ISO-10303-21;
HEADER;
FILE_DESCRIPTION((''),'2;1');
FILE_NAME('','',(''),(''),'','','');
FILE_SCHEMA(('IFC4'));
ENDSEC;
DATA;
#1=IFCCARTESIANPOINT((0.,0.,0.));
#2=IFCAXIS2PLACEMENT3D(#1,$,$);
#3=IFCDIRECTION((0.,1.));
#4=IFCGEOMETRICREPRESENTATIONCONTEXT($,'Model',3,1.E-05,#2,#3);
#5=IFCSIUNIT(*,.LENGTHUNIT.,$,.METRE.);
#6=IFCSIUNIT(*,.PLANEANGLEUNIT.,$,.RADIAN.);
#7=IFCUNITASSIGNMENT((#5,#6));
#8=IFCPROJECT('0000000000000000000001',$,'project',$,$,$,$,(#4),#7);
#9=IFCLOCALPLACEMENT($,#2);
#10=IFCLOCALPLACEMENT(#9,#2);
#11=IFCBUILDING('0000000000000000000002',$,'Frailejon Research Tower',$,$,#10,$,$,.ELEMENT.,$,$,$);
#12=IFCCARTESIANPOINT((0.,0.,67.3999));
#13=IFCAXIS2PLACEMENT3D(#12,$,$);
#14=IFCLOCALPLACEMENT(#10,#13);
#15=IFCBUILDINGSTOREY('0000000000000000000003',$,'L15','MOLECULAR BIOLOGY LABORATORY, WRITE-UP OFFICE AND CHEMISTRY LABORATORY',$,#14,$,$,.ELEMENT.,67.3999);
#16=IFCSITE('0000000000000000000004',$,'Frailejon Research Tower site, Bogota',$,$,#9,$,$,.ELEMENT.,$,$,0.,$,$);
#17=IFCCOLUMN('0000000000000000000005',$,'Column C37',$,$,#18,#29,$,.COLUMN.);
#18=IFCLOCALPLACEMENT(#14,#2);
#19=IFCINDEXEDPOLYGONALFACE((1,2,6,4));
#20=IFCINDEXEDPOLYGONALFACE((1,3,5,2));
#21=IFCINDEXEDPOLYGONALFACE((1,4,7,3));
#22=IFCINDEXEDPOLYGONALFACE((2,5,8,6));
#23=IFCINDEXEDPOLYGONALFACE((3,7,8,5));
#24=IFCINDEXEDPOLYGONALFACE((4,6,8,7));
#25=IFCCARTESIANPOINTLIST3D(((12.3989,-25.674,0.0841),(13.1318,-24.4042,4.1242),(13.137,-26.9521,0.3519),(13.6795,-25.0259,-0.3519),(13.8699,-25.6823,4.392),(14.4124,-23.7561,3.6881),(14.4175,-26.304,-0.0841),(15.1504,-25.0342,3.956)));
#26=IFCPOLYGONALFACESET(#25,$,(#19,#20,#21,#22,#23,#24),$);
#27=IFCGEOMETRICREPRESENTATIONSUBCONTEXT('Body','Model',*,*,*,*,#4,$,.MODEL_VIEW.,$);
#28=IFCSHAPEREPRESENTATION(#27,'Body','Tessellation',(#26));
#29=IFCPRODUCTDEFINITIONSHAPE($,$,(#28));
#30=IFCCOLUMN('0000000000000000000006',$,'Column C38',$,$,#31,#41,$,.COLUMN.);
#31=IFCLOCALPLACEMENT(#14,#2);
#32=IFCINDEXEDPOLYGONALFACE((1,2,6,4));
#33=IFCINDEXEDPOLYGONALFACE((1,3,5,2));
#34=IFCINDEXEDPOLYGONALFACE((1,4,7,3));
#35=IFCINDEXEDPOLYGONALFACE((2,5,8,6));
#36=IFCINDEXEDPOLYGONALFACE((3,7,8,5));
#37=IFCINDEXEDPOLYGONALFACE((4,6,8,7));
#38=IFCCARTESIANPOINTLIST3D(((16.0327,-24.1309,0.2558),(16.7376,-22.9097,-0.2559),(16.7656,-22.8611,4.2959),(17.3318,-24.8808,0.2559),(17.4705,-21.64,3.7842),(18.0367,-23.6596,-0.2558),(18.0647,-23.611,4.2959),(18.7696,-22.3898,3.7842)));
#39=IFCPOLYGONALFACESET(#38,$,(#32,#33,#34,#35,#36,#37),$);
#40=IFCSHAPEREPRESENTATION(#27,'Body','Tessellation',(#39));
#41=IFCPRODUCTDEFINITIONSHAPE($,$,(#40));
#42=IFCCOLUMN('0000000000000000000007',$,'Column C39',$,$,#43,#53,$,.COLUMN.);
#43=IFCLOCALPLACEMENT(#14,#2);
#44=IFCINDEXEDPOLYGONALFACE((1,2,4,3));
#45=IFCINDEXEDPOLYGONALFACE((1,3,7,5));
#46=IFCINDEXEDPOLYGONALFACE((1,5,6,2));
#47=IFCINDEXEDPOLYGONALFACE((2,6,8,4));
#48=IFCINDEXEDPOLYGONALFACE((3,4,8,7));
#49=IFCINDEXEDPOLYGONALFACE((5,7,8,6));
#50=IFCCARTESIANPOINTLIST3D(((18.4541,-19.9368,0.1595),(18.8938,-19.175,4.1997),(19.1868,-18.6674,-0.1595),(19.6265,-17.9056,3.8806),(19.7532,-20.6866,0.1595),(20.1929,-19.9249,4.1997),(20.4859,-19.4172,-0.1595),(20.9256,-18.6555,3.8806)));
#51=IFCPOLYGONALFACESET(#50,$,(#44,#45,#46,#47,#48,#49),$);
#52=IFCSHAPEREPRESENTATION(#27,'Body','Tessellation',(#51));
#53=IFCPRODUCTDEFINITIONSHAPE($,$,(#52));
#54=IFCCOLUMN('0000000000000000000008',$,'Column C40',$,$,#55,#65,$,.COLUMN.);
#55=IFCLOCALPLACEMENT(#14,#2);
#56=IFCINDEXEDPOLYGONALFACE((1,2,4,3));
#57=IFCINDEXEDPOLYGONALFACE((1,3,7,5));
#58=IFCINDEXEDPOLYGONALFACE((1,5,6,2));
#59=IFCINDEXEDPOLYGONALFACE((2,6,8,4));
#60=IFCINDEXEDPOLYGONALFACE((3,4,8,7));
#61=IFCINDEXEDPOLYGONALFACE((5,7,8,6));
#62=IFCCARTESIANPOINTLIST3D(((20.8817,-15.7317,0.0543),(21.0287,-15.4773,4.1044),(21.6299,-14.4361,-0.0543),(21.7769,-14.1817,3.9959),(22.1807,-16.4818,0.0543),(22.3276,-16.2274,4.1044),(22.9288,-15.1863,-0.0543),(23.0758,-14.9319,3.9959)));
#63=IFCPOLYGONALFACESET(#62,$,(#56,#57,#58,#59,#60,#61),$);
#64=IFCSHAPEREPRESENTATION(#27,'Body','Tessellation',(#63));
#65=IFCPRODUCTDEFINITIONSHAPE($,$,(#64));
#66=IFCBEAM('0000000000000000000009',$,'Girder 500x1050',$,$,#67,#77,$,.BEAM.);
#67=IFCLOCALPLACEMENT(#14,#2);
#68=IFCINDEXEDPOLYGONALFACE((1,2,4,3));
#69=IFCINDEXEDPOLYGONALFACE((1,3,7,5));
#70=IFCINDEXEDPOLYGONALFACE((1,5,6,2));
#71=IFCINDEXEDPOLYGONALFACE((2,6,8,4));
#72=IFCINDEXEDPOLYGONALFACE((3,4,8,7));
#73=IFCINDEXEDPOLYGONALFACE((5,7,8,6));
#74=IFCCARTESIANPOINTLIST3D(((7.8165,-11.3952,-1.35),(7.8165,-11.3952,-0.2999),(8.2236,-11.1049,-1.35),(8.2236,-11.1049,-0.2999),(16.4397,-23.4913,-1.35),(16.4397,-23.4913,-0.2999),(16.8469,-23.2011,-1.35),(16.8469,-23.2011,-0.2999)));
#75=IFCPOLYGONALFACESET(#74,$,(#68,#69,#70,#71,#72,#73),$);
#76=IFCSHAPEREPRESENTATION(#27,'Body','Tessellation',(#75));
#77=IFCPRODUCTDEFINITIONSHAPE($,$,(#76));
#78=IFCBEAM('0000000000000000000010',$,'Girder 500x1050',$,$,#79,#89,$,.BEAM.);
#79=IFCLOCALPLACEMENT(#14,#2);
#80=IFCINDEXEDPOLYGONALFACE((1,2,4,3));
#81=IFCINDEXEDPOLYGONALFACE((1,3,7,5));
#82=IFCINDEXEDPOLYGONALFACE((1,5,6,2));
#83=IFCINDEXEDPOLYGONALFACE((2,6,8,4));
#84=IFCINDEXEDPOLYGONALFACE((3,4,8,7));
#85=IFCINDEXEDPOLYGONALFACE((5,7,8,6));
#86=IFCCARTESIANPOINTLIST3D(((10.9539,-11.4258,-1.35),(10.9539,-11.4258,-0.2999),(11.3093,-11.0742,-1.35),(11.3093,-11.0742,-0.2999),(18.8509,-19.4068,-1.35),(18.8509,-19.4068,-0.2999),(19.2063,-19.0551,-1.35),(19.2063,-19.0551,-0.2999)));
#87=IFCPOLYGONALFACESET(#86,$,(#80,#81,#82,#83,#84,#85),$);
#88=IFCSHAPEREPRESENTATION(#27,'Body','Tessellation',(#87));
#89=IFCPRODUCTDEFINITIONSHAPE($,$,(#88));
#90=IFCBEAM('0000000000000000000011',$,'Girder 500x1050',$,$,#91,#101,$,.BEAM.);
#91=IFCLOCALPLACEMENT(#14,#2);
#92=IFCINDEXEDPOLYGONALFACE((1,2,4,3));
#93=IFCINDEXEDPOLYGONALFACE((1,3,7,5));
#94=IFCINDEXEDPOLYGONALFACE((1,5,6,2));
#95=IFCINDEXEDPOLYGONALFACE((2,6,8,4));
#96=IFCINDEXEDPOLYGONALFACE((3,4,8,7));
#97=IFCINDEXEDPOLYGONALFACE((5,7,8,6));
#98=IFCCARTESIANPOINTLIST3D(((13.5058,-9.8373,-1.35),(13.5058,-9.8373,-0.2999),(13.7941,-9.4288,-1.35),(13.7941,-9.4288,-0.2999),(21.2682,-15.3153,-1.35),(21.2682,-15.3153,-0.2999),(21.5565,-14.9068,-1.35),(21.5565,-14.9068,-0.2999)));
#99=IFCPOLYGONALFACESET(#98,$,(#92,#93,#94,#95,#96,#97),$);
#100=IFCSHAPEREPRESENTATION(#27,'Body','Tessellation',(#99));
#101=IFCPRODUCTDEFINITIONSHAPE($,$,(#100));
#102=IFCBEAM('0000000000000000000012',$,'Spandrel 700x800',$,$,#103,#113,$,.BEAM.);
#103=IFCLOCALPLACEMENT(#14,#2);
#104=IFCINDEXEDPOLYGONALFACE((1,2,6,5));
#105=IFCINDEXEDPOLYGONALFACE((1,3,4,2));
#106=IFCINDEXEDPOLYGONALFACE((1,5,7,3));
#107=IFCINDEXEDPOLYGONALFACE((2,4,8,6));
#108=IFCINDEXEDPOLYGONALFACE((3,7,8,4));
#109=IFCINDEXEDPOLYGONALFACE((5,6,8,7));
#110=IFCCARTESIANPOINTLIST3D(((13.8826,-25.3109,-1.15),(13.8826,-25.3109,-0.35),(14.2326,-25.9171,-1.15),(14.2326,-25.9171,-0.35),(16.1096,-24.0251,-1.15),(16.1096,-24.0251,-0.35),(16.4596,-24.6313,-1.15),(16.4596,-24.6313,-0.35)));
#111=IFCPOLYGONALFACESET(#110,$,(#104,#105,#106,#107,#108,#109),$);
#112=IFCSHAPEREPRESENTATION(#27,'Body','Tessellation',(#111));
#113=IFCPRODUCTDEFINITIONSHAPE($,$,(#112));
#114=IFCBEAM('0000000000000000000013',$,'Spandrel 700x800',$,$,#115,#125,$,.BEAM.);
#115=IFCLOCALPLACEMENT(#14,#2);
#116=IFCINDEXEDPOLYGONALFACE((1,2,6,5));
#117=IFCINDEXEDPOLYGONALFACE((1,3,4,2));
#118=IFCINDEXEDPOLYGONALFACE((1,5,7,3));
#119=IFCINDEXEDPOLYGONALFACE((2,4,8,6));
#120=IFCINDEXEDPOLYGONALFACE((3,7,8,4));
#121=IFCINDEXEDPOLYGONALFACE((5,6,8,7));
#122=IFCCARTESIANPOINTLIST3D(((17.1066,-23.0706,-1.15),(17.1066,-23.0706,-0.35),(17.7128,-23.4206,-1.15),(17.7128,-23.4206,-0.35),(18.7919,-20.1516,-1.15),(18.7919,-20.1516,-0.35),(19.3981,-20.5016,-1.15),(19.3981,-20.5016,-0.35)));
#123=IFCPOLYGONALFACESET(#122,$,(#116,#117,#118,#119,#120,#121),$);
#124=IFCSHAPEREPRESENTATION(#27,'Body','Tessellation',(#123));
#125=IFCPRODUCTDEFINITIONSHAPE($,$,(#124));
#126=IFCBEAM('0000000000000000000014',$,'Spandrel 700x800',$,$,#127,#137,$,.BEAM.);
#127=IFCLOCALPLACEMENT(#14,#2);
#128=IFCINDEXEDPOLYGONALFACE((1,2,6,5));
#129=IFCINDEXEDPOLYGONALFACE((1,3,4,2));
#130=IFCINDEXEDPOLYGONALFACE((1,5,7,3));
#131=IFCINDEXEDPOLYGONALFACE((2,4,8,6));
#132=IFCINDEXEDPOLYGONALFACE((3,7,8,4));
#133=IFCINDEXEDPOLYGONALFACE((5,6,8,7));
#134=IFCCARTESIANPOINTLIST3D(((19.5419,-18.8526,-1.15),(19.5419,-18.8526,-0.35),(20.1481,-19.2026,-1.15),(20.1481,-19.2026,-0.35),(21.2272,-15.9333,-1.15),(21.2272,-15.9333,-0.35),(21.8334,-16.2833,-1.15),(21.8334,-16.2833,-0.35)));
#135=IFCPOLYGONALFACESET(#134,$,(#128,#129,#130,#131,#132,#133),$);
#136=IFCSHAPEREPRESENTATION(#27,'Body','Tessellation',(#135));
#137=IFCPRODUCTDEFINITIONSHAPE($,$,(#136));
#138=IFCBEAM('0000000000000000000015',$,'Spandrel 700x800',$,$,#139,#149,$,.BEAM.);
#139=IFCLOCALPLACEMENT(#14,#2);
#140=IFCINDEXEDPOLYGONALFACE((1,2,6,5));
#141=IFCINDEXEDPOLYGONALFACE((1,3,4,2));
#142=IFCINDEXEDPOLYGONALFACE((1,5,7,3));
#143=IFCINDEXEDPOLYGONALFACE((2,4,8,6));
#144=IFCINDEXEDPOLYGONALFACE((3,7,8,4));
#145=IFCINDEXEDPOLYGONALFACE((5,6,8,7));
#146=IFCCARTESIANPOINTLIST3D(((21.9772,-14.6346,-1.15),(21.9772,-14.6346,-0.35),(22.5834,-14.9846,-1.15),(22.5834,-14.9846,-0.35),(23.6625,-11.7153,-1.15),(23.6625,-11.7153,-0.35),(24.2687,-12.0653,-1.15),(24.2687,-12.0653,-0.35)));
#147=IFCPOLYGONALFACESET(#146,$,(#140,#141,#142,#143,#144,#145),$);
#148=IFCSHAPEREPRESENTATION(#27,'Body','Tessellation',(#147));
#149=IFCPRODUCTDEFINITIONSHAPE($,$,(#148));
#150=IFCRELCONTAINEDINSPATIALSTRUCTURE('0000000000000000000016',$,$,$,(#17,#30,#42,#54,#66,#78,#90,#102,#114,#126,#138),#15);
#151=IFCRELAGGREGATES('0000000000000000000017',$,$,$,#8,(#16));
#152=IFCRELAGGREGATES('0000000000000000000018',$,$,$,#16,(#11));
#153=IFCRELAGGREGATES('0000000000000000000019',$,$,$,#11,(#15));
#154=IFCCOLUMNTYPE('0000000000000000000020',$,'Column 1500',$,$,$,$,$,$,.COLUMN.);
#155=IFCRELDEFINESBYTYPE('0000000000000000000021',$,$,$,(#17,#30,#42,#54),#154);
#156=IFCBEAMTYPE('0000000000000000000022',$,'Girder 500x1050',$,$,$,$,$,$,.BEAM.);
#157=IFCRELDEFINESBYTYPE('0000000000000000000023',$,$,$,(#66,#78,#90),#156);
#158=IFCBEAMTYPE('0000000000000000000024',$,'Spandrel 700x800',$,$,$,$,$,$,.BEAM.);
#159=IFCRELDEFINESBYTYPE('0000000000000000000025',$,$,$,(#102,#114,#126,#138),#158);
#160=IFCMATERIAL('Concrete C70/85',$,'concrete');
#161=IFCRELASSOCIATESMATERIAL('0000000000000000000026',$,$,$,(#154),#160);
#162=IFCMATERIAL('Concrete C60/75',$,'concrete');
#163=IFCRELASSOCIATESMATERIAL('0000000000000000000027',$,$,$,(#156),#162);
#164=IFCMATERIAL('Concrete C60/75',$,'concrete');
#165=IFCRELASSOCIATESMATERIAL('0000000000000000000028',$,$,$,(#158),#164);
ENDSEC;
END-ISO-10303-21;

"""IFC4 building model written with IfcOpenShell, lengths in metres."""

from ifc_helpers import new_model, si_unit, direction, frame, origin, origin_2d, place, context, subcontext, project, spatial, rectangle, extrude, material, material_profile, profile_set, type_object, element, save


model = new_model("IFC4")

# Units and contexts
model_context = context("Model", 3, precision=1e-05, world=origin(), true_north=direction((0.0, 1.0)))
body_context = subcontext(model_context, "Body", "Model", "MODEL_VIEW")
ifc_project = project(units=[si_unit("LENGTHUNIT", "METRE"), si_unit("PLANEANGLEUNIT", "RADIAN")], contexts=[model_context])

# Site, building, storey
site_placement = place(None, origin())
site = spatial("IfcSite", under=ifc_project, at=site_placement, Name="Frailejon Research Tower site, Bogota", CompositionType="ELEMENT", RefElevation=0.0)
building_placement = place(site_placement, origin())
building = spatial("IfcBuilding", under=site, at=building_placement, Name="Frailejon Research Tower", CompositionType="ELEMENT")
storey_placement = place(building_placement, frame((0.0, 0.0, 67.3999)))
storey = spatial("IfcBuildingStorey", under=building, at=storey_placement, Name="L15", Description="MOLECULAR BIOLOGY LABORATORY, WRITE-UP OFFICE AND CHEMISTRY LABORATORY", CompositionType="ELEMENT", Elevation=67.3999)

# Columns
ifc_material_1 = material(Name="Concrete C70/85", Category="concrete")
ifc_material_profile_1 = material_profile(ifc_material_1, rectangle(XDim=1.5, YDim=1.5, at=origin_2d()), Name="Column 1500")
ifc_profile_set_1 = profile_set([ifc_material_profile_1], Name="Concrete C70/85")
column_type = type_object("IfcColumnType", Name="Column 1500", PredefinedType="COLUMN", material=ifc_profile_set_1)
for number, where, z_axis, x_axis, name in (
    (1, (13.4082, -25.989, 0.0), (0.17053, 0.295445, 0.940017), (0.853708, 0.432077, -0.290674), "Column C37"),
    (2, (17.0347, -23.8953, 0.0), (0.17053, 0.295445, 0.940017), (0.469945, 0.814115, -0.341128), "Column C38"),
):
    element("IfcColumn", number, at=place(storey_placement, frame(where, z_axis=z_axis, x_axis=x_axis)), inside=storey, type_object=column_type, Name=name, PredefinedType="COLUMN", context=body_context, shape_type="SweptSolid", body=[
        extrude(rectangle(XDim=1.5, YDim=1.5, at=origin_2d()), origin(), (0.0, 0.0, 1.0), 4.2979),
    ])
column_1_placement = place(storey_placement, frame((19.47, -19.677, 0.0), z_axis=(0.106344, 0.184227, 0.977114), x_axis=(0.488465, 0.846258, -0.212718)))
element("IfcColumn", 3, at=column_1_placement, inside=storey, type_object=column_type, Name="Column C39", PredefinedType="COLUMN", context=body_context, shape_type="SweptSolid", body=[
    extrude(rectangle(XDim=1.5, YDim=1.5, at=origin_2d()), origin(), (0.0, 0.0, 1.0), 4.1348),
])
column_2_placement = place(storey_placement, frame((21.9053, -15.459, 0.0), z_axis=(0.036194, 0.062648, 0.997379), x_axis=(0.498791, 0.863697, -0.072352)))
element("IfcColumn", 4, at=column_2_placement, inside=storey, type_object=column_type, Name="Column C40", PredefinedType="COLUMN", context=body_context, shape_type="SweptSolid", body=[
    extrude(rectangle(XDim=1.5, YDim=1.5, at=origin_2d()), origin(), (0.0, 0.0, 1.0), 4.0608),
])

# Beams
ifc_material_2 = material(Name="Concrete C60/75", Category="concrete")
ifc_material_profile_2 = material_profile(ifc_material_2, rectangle(XDim=0.5, YDim=1.05, at=origin_2d()), Name="Girder 500x1050")
ifc_profile_set_2 = profile_set([ifc_material_profile_2], Name="Concrete C60/75")
beam_type_1 = type_object("IfcBeamType", Name="Girder 500x1050", PredefinedType="BEAM", material=ifc_profile_set_2)
beam_1_placement = place(storey_placement, frame((16.6433, -23.3462, -0.825), z_axis=(-0.580487, 0.814269, 0.0), x_axis=(-0.814269, -0.580487, 0.0)))
element("IfcBeam", 5, at=beam_1_placement, inside=storey, type_object=beam_type_1, Name="Girder 500x1050", PredefinedType="BEAM", context=body_context, shape_type="SweptSolid", body=[
    extrude(rectangle(XDim=0.5, YDim=1.05, at=origin_2d()), origin(), (0.0, 0.0, 1.0), 14.8552),
])
beam_2_placement = place(storey_placement, frame((19.0286, -19.231, -0.825), z_axis=(-0.703357, 0.710837, 0.0), x_axis=(-0.710837, -0.703357, 0.0)))
element("IfcBeam", 6, at=beam_2_placement, inside=storey, type_object=beam_type_1, Name="Girder 500x1050", PredefinedType="BEAM", context=body_context, shape_type="SweptSolid", body=[
    extrude(rectangle(XDim=0.5, YDim=1.05, at=origin_2d()), origin(), (0.0, 0.0, 1.0), 11.2275),
])
beam_3_placement = place(storey_placement, frame((21.4124, -15.1111, -0.825), z_axis=(-0.817035, 0.576588, 0.0), x_axis=(-0.576588, -0.817035, 0.0)))
element("IfcBeam", 7, at=beam_3_placement, inside=storey, type_object=beam_type_1, Name="Girder 500x1050", PredefinedType="BEAM", context=body_context, shape_type="SweptSolid", body=[
    extrude(rectangle(XDim=0.5, YDim=1.05, at=origin_2d()), origin(), (0.0, 0.0, 1.0), 9.5007),
])
ifc_material_3 = material(Name="Concrete C60/75", Category="concrete")
ifc_material_profile_3 = material_profile(ifc_material_3, rectangle(XDim=0.7, YDim=0.8, at=origin_2d()), Name="Spandrel 700x800")
ifc_profile_set_3 = profile_set([ifc_material_profile_3], Name="Concrete C60/75")
beam_type_2 = type_object("IfcBeamType", Name="Spandrel 700x800", PredefinedType="BEAM", material=ifc_profile_set_3)
beam_4_placement = place(storey_placement, frame((14.0576, -25.614, -0.75), z_axis=(0.866009, 0.500029, 0.0), x_axis=(-0.500029, 0.866009, 0.0)))
element("IfcBeam", 8, at=beam_4_placement, inside=storey, type_object=beam_type_2, Name="Spandrel 700x800", PredefinedType="BEAM", context=body_context, shape_type="SweptSolid", body=[
    extrude(rectangle(XDim=0.7, YDim=0.8, at=origin_2d()), origin(), (0.0, 0.0, 1.0), 2.5715),
])
beam_5_placement = place(storey_placement, frame((17.4097, -23.2456, -0.75), z_axis=(0.500011, 0.866019, 0.0), x_axis=(-0.866019, 0.500011, 0.0)))
element("IfcBeam", 9, at=beam_5_placement, inside=storey, type_object=beam_type_2, Name="Spandrel 700x800", PredefinedType="BEAM", context=body_context, shape_type="SweptSolid", body=[
    extrude(rectangle(XDim=0.7, YDim=0.8, at=origin_2d()), origin(), (0.0, 0.0, 1.0), 3.3706),
])
for number, where, z_axis, x_axis, name in (
    (10, (19.845, -19.0276, -0.75), (0.49998, 0.866037, 0.0), (-0.866037, 0.49998, 0.0), "Spandrel 700x800"),
    (11, (22.2803, -14.8096, -0.75), (0.49998, 0.866037, 0.0), (-0.866037, 0.49998, 0.0), "Spandrel 700x800"),
):
    element("IfcBeam", number, at=place(storey_placement, frame(where, z_axis=z_axis, x_axis=x_axis)), inside=storey, type_object=beam_type_2, Name=name, PredefinedType="BEAM", context=body_context, shape_type="SweptSolid", body=[
        extrude(rectangle(XDim=0.7, YDim=0.8, at=origin_2d()), origin(), (0.0, 0.0, 1.0), 3.3708),
    ])

save(model, "model.ifc")
